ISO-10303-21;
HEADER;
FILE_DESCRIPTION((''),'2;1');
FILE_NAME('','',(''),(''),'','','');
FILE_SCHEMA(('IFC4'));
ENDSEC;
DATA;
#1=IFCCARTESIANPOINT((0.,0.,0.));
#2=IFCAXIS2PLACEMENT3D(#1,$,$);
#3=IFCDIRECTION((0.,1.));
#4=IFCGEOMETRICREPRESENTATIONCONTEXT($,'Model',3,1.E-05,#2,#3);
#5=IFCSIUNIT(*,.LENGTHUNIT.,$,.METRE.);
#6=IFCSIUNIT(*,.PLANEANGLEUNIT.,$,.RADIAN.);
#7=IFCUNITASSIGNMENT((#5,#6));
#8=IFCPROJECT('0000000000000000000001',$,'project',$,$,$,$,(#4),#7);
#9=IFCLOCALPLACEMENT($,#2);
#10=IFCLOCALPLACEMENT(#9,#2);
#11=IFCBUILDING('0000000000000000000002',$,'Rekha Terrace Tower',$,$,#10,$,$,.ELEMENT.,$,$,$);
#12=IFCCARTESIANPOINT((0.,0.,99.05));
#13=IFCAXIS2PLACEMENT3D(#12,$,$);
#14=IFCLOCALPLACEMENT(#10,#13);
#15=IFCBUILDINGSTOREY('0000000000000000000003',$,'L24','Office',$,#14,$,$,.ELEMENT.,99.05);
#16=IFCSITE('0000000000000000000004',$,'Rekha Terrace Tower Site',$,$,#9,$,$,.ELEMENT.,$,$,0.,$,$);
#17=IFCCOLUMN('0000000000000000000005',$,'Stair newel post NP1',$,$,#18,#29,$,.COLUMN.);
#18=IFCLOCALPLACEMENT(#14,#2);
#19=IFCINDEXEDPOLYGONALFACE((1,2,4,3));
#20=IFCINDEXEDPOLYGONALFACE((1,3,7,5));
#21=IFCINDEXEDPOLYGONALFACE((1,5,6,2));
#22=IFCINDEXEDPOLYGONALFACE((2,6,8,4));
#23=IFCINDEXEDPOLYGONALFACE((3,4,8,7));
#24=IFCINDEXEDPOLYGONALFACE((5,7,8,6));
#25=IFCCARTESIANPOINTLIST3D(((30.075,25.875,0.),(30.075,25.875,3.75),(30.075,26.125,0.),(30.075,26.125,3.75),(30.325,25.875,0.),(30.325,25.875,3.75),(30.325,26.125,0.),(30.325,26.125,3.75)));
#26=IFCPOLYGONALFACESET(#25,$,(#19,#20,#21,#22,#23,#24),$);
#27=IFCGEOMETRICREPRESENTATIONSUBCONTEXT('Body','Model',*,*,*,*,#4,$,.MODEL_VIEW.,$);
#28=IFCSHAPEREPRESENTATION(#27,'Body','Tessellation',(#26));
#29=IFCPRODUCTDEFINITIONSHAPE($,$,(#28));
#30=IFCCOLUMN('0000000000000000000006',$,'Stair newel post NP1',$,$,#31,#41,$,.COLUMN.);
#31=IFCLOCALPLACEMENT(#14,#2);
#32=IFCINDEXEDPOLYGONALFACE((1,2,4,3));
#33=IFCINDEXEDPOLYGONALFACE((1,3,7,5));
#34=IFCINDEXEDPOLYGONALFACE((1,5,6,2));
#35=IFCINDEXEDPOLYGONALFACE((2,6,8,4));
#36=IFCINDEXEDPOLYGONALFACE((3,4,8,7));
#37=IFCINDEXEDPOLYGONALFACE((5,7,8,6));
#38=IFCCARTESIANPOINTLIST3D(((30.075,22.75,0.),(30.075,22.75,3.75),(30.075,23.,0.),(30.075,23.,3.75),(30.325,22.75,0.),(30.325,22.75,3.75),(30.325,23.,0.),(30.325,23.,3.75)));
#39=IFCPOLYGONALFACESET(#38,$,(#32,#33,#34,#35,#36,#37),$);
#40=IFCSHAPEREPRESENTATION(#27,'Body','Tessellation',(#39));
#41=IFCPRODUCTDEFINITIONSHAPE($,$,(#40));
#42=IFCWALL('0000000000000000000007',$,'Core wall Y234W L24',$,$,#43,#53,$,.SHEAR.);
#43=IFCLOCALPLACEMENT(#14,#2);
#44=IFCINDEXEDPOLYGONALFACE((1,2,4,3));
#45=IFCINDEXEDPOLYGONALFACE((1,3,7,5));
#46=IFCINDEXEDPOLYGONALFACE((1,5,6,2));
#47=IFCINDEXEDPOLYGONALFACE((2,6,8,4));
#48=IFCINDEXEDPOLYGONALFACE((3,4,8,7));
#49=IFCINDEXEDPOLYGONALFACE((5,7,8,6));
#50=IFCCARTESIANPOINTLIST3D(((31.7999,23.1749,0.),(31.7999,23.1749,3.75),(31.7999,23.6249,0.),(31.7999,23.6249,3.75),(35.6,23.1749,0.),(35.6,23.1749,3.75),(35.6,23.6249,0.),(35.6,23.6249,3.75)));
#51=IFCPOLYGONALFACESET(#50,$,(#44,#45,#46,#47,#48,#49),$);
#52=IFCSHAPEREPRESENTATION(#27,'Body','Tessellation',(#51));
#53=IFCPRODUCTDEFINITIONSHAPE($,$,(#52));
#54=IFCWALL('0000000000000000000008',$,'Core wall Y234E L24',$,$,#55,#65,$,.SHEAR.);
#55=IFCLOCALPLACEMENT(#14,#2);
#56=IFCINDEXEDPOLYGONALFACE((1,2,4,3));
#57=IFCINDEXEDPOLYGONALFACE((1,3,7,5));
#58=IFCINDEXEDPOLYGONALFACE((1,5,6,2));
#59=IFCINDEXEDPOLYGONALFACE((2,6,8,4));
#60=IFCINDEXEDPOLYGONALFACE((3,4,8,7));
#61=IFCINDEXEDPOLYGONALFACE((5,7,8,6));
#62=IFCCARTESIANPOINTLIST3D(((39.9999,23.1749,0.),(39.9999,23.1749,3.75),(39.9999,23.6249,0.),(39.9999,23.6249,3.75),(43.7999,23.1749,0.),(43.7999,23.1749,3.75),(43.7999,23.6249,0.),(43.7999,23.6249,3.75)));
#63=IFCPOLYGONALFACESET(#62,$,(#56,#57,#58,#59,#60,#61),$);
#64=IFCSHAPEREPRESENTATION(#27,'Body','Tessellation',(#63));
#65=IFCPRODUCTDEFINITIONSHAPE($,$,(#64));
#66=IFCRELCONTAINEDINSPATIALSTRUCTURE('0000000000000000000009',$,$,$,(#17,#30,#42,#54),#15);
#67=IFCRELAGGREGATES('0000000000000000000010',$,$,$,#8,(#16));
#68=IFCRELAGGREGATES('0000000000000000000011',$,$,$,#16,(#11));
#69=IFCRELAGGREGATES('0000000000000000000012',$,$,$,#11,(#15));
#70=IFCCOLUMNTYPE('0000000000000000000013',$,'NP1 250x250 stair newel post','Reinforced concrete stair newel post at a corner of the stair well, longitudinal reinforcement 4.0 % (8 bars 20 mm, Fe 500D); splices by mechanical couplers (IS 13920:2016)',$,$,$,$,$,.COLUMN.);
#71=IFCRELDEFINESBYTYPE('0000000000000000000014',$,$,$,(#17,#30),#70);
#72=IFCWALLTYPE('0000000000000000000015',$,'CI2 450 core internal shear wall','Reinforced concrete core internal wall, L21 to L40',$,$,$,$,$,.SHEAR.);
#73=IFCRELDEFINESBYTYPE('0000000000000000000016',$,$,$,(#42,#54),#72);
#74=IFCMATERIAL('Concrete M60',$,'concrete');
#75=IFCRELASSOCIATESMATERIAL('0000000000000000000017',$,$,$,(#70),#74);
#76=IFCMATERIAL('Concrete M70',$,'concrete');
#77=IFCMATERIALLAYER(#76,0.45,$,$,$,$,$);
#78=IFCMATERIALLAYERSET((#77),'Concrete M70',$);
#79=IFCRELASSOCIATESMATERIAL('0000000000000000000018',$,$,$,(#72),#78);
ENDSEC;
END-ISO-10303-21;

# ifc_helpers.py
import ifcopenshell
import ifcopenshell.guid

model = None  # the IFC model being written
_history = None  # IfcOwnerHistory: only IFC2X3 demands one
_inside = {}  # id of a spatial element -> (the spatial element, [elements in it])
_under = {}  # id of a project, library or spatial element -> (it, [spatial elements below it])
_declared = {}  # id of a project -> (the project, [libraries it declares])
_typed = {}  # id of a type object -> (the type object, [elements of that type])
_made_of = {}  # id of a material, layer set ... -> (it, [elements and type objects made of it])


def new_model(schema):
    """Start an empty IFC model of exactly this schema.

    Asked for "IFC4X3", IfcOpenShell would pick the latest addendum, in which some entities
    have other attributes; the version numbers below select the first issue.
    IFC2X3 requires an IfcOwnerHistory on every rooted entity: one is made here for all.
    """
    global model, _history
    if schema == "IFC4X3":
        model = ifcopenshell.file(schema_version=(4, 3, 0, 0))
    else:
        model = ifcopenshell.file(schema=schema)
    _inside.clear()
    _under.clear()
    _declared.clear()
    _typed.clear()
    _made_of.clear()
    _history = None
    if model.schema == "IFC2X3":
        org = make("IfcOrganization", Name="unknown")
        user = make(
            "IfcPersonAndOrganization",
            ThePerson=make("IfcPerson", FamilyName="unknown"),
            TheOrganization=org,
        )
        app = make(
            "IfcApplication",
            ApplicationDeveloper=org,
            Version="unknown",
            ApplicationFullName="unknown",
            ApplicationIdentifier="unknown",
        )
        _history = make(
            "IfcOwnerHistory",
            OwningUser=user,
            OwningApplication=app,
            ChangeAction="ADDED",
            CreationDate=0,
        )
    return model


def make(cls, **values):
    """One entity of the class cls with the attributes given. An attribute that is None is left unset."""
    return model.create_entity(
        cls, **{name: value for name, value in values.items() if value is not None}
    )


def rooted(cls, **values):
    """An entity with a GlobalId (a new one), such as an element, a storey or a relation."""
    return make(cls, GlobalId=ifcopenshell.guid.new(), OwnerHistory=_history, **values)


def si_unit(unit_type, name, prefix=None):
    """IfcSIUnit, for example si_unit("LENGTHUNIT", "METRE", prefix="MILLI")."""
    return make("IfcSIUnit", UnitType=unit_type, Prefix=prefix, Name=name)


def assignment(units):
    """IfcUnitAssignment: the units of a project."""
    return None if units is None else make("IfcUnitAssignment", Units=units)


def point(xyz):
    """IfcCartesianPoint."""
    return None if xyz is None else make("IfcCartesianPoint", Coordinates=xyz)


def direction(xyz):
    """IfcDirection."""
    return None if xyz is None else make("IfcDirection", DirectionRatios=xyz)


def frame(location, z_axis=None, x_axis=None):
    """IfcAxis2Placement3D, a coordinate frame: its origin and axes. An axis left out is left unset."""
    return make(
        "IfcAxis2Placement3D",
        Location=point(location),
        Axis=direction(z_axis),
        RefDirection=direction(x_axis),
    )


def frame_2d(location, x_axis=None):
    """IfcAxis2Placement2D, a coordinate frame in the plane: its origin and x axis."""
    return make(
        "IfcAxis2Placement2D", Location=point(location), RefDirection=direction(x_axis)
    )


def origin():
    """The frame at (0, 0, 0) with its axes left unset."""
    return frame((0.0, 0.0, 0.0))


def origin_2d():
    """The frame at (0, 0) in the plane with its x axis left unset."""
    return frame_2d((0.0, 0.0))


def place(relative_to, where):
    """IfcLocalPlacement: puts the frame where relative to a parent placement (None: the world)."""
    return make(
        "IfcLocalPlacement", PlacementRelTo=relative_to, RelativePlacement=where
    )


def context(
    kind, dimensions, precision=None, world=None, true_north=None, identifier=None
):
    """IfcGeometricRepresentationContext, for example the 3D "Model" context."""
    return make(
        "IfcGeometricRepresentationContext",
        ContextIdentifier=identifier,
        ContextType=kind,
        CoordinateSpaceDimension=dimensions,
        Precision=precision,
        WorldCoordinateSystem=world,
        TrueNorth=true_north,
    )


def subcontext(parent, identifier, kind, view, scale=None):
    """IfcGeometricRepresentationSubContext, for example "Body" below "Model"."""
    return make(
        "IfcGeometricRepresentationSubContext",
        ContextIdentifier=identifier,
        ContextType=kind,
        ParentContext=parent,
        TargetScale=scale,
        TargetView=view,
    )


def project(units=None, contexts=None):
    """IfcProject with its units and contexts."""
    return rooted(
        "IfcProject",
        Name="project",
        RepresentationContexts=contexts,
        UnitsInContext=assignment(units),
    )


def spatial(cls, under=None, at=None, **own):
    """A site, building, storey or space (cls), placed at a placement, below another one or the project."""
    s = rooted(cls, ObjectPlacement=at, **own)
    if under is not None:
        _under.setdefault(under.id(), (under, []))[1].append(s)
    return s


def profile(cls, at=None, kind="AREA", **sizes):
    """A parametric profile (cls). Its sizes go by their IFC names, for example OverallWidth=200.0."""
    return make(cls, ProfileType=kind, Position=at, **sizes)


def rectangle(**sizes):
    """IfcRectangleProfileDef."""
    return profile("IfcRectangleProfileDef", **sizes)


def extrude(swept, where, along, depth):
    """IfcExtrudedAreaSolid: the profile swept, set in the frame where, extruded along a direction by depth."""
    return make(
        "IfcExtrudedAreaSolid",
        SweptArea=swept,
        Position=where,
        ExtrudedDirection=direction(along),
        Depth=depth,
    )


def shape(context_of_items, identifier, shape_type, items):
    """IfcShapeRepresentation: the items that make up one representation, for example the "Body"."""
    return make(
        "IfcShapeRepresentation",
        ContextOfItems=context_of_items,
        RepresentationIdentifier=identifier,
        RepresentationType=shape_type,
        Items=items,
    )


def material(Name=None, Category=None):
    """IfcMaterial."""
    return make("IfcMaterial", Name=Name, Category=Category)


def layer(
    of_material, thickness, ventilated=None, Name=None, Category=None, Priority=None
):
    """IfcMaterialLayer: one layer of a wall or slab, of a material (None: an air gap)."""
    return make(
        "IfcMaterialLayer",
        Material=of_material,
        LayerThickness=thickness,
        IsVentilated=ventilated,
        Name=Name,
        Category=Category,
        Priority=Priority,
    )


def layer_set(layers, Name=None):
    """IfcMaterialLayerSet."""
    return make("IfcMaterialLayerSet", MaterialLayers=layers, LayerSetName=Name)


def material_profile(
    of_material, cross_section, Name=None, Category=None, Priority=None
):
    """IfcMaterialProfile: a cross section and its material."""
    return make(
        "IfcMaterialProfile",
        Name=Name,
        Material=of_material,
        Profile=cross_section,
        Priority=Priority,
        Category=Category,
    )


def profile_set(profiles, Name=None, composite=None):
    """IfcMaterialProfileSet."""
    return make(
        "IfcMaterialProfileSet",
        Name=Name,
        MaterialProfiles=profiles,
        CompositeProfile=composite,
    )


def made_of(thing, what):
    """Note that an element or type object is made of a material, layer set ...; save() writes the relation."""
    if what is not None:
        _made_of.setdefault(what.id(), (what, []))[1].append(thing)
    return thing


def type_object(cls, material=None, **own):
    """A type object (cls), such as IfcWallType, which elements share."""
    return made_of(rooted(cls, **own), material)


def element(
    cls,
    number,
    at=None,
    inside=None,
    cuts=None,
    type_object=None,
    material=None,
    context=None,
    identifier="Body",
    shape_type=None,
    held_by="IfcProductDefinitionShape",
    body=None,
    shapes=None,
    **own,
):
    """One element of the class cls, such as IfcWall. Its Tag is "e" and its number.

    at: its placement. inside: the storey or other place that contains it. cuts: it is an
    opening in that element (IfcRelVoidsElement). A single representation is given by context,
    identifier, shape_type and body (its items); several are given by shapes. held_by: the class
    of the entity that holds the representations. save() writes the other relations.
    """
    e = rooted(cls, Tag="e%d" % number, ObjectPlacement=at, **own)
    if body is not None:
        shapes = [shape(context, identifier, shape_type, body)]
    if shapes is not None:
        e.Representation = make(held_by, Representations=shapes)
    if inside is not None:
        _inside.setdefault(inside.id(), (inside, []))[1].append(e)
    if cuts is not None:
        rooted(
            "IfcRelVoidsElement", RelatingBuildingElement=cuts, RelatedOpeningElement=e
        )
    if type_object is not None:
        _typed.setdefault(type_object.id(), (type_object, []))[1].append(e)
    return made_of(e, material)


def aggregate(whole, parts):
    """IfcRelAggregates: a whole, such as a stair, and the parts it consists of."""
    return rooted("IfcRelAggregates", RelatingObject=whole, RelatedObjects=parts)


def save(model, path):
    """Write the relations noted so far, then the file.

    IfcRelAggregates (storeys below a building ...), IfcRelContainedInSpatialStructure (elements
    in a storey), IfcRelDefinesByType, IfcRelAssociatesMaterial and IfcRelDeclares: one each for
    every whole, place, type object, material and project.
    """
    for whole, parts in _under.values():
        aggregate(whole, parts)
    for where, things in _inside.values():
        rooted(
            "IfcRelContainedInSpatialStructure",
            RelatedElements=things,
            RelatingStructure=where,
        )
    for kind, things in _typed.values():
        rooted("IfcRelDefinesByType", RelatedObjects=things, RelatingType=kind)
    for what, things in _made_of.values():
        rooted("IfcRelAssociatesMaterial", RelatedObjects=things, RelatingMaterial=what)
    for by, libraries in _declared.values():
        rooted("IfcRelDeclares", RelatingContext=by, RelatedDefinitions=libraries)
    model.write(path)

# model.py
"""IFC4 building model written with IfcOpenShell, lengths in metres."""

from ifc_helpers import new_model, si_unit, direction, frame, frame_2d, origin, origin_2d, place, context, subcontext, project, spatial, rectangle, extrude, material, layer, layer_set, material_profile, profile_set, type_object, element, save


model = new_model("IFC4")

# Units and contexts
model_context = context("Model", 3, precision=1e-05, world=origin(), true_north=direction((0.0, 1.0)))
body_context = subcontext(model_context, "Body", "Model", "MODEL_VIEW")
ifc_project = project(units=[si_unit("LENGTHUNIT", "METRE"), si_unit("PLANEANGLEUNIT", "RADIAN")], contexts=[model_context])

# Site, building, storey
site_placement = place(None, origin())
site = spatial("IfcSite", under=ifc_project, at=site_placement, Name="Rekha Terrace Tower Site", CompositionType="ELEMENT", RefElevation=0.0)
building_placement = place(site_placement, origin())
building = spatial("IfcBuilding", under=site, at=building_placement, Name="Rekha Terrace Tower", CompositionType="ELEMENT")
storey_placement = place(building_placement, frame((0.0, 0.0, 99.05)))
storey = spatial("IfcBuildingStorey", under=building, at=storey_placement, Name="L24", Description="Office", CompositionType="ELEMENT", Elevation=99.05)

# Columns
ifc_material_1 = material(Name="Concrete M60", Category="concrete")
ifc_material_profile = material_profile(ifc_material_1, rectangle(XDim=0.25, YDim=0.25, at=origin_2d()), Name="RC 250x250")
ifc_profile_set = profile_set([ifc_material_profile], Name="Concrete M60")
column_type = type_object("IfcColumnType", Name="NP1 250x250 stair newel post", Description="Reinforced concrete stair newel post at a corner of the stair well, longitudinal reinforcement 4.0 % (8 bars 20 mm, Fe 500D); splices by mechanical couplers (IS 13920:2016)", PredefinedType="COLUMN", material=ifc_profile_set)
for number, where, z_axis, x_axis, name in (
    (1, (30.2, 26.0, 0.0), (0.0, 0.0, 1.0), (1.0, 0.0, 0.0), "Stair newel post NP1"),
    (2, (30.2, 22.875, 0.0), (0.0, 0.0, 1.0), (1.0, 0.0, 0.0), "Stair newel post NP1"),
):
    element("IfcColumn", number, at=place(storey_placement, frame(where, z_axis=z_axis, x_axis=x_axis)), inside=storey, type_object=column_type, Name=name, PredefinedType="COLUMN", context=body_context, shape_type="SweptSolid", body=[
        extrude(rectangle(XDim=0.25, YDim=0.25, at=origin_2d()), origin(), (0.0, 0.0, 1.0), 3.75),
    ])

# Walls
ifc_material_2 = material(Name="Concrete M70", Category="concrete")
ifc_layer_1 = layer(ifc_material_2, 0.45)
ifc_layer_set_1 = layer_set([ifc_layer_1], Name="Concrete M70")
wall_type_1 = type_object("IfcWallType", Name="CI2 450 core internal shear wall", Description="Reinforced concrete core internal wall, L21 to L40", PredefinedType="SHEAR", material=ifc_layer_set_1)
for number, where, z_axis, x_axis, name in (
    (3, (31.8, 23.3999, 0.0), (0.0, 0.0, 1.0), (1.0, 0.0, 0.0), "Core wall Y234W L24"),
    (4, (40.0, 23.3999, 0.0), (0.0, 0.0, 1.0), (1.0, 0.0, 0.0), "Core wall Y234E L24"),
):
    element("IfcWall", number, at=place(storey_placement, frame(where, z_axis=z_axis, x_axis=x_axis)), inside=storey, type_object=wall_type_1, Name=name, PredefinedType="SHEAR", context=body_context, shape_type="SweptSolid", body=[
        extrude(rectangle(XDim=3.8, YDim=0.45, at=frame_2d((1.8999, 0.0))), origin(), (0.0, 0.0, 1.0), 3.75),
    ])

save(model, "model.ifc")
